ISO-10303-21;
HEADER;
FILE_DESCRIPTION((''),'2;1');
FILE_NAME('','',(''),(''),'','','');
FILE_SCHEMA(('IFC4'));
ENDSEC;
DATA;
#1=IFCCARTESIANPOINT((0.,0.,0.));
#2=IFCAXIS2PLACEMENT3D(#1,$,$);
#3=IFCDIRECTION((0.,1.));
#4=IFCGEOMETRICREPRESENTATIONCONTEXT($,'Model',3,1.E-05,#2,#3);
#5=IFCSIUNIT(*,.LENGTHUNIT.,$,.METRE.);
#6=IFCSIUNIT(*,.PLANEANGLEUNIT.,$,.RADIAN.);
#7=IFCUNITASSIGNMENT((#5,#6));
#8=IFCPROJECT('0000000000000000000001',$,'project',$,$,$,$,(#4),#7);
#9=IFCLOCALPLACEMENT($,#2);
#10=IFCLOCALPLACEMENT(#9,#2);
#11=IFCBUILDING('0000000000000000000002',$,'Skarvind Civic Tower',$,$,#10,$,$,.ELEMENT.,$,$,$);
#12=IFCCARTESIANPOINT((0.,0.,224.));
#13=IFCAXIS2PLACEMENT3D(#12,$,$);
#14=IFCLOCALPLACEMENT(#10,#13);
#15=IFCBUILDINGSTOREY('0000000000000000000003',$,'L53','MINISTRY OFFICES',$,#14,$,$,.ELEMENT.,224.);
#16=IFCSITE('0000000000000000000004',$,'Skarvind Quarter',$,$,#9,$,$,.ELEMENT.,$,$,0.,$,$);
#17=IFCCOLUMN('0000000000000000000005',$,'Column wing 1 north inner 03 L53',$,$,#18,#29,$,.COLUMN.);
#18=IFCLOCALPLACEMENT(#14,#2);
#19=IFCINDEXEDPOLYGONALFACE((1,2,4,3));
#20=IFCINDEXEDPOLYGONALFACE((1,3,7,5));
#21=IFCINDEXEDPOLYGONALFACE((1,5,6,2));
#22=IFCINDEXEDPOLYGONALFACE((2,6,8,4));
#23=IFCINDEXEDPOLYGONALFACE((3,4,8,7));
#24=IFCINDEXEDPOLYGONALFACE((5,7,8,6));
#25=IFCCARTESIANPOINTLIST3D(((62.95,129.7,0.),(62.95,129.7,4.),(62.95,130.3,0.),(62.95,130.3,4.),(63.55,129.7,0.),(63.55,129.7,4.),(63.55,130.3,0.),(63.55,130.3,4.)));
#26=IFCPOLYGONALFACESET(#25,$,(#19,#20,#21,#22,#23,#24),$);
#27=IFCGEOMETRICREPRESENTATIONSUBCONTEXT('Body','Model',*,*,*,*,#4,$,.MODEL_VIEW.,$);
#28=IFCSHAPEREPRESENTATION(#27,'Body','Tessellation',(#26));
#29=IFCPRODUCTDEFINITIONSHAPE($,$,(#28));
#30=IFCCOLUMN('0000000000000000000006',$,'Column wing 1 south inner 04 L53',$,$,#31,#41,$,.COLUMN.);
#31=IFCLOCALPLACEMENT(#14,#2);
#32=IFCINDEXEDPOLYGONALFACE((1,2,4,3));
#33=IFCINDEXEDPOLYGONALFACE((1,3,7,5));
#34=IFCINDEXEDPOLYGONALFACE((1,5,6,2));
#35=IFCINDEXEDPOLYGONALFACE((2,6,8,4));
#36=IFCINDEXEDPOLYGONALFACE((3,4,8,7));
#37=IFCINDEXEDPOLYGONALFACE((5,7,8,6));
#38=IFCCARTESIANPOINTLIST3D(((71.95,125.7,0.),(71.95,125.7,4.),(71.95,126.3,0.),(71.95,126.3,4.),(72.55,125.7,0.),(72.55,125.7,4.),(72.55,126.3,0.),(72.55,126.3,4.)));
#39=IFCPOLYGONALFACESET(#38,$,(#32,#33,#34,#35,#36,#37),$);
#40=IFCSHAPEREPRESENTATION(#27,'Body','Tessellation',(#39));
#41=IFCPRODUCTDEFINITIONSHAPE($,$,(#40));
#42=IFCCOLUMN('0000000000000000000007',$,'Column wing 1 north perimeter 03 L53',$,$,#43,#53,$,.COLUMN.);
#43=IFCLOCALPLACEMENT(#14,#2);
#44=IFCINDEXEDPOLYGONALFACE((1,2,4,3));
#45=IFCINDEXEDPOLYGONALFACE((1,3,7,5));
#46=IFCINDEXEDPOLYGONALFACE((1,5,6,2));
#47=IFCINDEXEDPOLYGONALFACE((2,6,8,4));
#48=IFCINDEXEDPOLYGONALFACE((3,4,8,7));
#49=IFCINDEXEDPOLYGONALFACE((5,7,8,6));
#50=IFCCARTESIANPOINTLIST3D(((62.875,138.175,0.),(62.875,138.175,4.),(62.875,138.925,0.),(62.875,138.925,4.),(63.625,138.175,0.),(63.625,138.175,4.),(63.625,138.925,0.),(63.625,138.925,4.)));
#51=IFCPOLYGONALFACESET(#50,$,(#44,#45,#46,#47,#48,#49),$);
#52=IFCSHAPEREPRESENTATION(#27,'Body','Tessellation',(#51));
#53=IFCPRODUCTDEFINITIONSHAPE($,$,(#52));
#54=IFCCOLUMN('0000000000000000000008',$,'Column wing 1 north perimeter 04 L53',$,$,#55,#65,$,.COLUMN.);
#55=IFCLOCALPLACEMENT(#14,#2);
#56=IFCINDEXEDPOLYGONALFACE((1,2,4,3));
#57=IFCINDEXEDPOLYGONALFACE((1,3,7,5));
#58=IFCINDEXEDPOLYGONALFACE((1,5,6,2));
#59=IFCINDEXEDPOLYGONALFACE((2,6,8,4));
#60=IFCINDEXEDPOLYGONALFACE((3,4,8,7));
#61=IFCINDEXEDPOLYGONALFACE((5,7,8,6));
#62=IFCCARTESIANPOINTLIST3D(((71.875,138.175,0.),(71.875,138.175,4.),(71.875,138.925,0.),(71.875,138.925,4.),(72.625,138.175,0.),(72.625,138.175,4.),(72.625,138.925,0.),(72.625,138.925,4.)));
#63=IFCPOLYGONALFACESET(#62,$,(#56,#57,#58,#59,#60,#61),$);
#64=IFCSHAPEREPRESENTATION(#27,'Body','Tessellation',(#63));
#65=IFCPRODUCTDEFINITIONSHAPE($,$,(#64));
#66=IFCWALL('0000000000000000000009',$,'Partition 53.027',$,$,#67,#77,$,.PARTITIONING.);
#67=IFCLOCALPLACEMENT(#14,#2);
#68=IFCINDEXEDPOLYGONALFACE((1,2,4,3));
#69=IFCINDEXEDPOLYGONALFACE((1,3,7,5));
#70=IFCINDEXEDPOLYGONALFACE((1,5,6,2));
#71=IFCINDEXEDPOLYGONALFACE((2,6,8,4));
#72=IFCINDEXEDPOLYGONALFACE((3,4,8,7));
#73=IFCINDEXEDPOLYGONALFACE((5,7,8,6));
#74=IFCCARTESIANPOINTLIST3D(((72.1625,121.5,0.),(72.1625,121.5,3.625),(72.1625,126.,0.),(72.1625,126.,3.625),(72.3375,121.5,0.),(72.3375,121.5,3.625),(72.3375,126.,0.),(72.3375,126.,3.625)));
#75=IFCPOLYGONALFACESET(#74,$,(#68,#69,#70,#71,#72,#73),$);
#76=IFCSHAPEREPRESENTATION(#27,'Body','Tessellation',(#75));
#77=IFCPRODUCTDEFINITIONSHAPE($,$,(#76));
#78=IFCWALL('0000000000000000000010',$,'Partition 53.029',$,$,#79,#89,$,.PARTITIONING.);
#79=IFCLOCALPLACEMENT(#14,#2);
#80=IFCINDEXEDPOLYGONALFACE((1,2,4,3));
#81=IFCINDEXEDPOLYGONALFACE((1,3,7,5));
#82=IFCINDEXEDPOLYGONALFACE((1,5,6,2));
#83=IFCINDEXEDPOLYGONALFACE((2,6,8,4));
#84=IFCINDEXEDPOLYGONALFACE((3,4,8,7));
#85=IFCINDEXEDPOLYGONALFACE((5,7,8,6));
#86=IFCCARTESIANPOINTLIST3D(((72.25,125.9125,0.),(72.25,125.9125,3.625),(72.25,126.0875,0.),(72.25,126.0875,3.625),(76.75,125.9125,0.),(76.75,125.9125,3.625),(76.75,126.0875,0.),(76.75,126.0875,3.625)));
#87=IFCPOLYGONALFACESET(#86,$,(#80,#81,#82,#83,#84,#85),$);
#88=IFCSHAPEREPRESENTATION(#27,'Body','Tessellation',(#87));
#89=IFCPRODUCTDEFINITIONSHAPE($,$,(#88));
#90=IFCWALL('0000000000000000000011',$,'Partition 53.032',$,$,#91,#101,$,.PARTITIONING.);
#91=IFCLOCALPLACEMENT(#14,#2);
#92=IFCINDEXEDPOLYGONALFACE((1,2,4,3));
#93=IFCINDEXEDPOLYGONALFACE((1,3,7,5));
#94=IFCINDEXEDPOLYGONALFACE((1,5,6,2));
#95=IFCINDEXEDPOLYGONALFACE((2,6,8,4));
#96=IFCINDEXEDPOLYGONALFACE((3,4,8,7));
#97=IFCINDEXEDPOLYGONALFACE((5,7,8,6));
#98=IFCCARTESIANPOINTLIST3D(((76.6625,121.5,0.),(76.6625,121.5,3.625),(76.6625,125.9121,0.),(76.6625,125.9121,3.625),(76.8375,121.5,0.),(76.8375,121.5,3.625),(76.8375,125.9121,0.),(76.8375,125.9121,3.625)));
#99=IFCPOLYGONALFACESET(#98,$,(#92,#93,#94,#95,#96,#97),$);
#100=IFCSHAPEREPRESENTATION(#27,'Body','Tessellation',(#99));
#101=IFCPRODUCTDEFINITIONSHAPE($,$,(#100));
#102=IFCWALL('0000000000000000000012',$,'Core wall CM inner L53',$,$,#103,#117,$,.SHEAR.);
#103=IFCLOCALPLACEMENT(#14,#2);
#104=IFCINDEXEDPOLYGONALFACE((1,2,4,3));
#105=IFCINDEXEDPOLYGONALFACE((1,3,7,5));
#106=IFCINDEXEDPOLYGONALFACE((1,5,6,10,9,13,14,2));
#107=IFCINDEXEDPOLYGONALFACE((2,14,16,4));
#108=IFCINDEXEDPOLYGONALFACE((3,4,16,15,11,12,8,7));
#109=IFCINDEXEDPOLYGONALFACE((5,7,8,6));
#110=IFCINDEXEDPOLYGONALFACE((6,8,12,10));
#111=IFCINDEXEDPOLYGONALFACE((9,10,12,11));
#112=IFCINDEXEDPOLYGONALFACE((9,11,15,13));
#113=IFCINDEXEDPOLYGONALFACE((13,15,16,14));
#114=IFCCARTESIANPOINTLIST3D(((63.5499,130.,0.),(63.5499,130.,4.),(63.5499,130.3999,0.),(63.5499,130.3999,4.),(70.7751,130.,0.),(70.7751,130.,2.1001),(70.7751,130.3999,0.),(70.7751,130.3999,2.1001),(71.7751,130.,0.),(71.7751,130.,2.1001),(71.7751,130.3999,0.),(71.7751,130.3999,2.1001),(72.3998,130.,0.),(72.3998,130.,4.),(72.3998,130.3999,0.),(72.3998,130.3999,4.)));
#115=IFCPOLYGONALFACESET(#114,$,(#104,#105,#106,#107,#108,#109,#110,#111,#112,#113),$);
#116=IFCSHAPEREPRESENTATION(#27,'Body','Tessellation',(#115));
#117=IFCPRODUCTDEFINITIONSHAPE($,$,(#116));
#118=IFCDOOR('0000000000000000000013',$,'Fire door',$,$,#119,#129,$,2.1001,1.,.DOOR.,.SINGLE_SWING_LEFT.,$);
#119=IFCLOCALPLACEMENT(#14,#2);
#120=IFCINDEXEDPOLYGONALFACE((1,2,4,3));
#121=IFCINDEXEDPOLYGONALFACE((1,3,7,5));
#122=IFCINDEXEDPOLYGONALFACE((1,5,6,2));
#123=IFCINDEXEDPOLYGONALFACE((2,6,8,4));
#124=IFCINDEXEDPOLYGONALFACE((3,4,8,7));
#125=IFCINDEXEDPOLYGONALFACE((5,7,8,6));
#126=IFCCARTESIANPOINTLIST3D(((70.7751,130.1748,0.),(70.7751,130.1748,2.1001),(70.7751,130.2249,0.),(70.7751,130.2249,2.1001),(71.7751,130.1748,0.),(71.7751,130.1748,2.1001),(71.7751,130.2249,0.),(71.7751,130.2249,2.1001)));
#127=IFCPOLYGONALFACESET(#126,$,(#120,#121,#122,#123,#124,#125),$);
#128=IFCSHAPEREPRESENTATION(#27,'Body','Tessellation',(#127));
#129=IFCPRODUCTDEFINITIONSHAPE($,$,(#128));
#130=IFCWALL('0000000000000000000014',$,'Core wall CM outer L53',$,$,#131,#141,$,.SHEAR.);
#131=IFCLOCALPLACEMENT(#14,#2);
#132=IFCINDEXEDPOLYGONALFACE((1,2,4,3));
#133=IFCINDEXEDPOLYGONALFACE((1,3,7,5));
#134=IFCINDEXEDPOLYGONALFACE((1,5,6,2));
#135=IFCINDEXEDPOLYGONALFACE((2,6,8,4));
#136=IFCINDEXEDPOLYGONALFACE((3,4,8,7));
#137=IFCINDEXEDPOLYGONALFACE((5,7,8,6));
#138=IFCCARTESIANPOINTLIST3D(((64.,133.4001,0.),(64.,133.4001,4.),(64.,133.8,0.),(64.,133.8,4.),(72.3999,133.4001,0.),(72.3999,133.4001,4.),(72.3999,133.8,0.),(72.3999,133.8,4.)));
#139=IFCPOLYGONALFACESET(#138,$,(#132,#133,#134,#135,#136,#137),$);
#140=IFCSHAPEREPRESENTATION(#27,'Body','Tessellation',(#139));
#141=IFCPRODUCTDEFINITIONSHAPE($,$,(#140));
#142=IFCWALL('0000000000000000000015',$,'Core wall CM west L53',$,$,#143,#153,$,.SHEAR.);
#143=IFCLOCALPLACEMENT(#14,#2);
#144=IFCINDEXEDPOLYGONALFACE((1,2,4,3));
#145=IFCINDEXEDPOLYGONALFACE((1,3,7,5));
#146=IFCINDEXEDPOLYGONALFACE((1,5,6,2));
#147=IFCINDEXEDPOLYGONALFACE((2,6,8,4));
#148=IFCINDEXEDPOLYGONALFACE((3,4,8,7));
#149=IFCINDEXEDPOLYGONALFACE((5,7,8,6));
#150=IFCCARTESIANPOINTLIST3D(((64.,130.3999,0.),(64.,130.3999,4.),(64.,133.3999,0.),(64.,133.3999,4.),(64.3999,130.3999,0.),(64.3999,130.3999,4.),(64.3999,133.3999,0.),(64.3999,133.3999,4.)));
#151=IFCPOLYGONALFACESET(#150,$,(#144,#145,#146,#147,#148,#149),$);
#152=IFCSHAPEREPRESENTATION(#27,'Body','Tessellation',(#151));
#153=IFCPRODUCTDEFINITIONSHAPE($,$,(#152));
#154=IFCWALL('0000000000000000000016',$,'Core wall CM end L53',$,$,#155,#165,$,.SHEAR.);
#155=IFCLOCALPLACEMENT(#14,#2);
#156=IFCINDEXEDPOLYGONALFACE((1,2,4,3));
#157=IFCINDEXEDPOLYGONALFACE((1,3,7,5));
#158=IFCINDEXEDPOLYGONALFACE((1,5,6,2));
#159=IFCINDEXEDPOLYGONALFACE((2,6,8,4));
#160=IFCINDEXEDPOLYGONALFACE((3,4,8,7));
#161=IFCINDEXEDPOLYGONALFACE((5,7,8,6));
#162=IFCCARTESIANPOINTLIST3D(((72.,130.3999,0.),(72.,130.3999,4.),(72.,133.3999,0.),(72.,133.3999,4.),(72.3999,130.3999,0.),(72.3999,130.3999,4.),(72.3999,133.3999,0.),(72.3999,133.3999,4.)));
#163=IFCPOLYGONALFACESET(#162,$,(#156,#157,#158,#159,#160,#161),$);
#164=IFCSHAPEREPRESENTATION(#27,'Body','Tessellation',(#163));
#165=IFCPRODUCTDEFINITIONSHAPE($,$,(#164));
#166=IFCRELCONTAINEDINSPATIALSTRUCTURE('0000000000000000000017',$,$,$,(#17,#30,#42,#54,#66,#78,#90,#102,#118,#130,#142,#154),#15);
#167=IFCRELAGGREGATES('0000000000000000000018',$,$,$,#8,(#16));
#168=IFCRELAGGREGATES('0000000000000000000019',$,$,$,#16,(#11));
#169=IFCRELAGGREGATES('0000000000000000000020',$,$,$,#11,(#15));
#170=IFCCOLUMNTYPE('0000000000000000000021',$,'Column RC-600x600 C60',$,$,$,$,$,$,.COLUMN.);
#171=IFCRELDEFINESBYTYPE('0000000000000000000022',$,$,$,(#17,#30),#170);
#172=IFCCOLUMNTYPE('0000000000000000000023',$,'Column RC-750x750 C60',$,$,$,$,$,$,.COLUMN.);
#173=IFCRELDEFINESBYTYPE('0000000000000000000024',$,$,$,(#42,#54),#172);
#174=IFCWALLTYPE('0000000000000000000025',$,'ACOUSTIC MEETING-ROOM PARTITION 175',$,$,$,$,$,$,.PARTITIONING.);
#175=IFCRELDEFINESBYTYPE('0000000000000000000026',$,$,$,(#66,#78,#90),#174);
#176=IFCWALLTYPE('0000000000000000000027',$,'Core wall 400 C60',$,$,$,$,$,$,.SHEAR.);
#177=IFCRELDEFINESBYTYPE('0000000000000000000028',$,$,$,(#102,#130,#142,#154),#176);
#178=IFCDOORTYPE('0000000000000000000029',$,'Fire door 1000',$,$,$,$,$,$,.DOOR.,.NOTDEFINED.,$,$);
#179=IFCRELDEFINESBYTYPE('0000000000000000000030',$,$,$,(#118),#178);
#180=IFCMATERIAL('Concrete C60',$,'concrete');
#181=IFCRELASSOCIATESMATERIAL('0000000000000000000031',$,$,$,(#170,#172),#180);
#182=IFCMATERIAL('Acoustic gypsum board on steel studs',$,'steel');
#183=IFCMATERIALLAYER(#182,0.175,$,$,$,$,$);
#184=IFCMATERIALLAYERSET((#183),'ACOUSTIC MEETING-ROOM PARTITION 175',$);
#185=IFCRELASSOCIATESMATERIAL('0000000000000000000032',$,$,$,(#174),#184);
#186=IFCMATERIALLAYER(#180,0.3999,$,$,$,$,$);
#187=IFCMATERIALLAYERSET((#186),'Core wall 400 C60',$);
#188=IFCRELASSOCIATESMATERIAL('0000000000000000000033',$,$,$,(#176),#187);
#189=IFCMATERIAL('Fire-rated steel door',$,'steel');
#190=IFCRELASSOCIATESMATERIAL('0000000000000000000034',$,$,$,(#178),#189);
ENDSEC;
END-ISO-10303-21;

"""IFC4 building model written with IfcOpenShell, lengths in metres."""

from ifc_helpers import new_model, si_unit, direction, frame, frame_2d, origin, origin_2d, place, context, subcontext, project, spatial, rectangle, extrude, material, layer, layer_set, material_profile, profile_set, type_object, element, fill, save


model = new_model("IFC4")

# Units and contexts
model_context = context("Model", 3, precision=1e-05, world=origin(), true_north=direction((0.0, 1.0)))
body_context = subcontext(model_context, "Body", "Model", "MODEL_VIEW")
ifc_project = project(units=[si_unit("LENGTHUNIT", "METRE"), si_unit("PLANEANGLEUNIT", "RADIAN")], contexts=[model_context])

# Site, building, storey
site_placement = place(None, origin())
site = spatial("IfcSite", under=ifc_project, at=site_placement, Name="Skarvind Quarter", CompositionType="ELEMENT", RefElevation=0.0)
building_placement = place(site_placement, origin())
building = spatial("IfcBuilding", under=site, at=building_placement, Name="Skarvind Civic Tower", CompositionType="ELEMENT")
storey_placement = place(building_placement, frame((0.0, 0.0, 224.0)))
storey = spatial("IfcBuildingStorey", under=building, at=storey_placement, Name="L53", Description="MINISTRY OFFICES", CompositionType="ELEMENT", Elevation=224.0)

# Columns
ifc_material_1 = material(Name="Concrete C60", Category="concrete")
ifc_material_profile_1 = material_profile(ifc_material_1, rectangle(XDim=0.6001, YDim=0.6001, at=origin_2d()), Name="RC-600x600")
ifc_profile_set_1 = profile_set([ifc_material_profile_1], Name="Concrete C60")
column_type_1 = type_object("IfcColumnType", Name="Column RC-600x600 C60", PredefinedType="COLUMN", material=ifc_profile_set_1)
for number, where, z_axis, x_axis, name in (
    (1, (63.25, 130.0, 0.0), (0.0, 0.0, 1.0), (1.0, 0.0, 0.0), "Column wing 1 north inner 03 L53"),
    (2, (72.25, 126.0, 0.0), (0.0, 0.0, 1.0), (1.0, 0.0, 0.0), "Column wing 1 south inner 04 L53"),
):
    element("IfcColumn", number, at=place(storey_placement, frame(where, z_axis=z_axis, x_axis=x_axis)), inside=storey, type_object=column_type_1, Name=name, PredefinedType="COLUMN", context=body_context, shape_type="SweptSolid", body=[
        extrude(rectangle(XDim=0.6001, YDim=0.6001, at=origin_2d()), origin(), (0.0, 0.0, 1.0), 4.0),
    ])
ifc_material_profile_2 = material_profile(ifc_material_1, rectangle(XDim=0.75, YDim=0.75, at=origin_2d()), Name="RC-750x750")
ifc_profile_set_2 = profile_set([ifc_material_profile_2], Name="Concrete C60")
column_type_2 = type_object("IfcColumnType", Name="Column RC-750x750 C60", PredefinedType="COLUMN", material=ifc_profile_set_2)
for number, where, z_axis, x_axis, name in (
    (3, (63.25, 138.55, 0.0), (0.0, 0.0, 1.0), (1.0, 0.0, 0.0), "Column wing 1 north perimeter 03 L53"),
    (4, (72.25, 138.55, 0.0), (0.0, 0.0, 1.0), (1.0, 0.0, 0.0), "Column wing 1 north perimeter 04 L53"),
):
    element("IfcColumn", number, at=place(storey_placement, frame(where, z_axis=z_axis, x_axis=x_axis)), inside=storey, type_object=column_type_2, Name=name, PredefinedType="COLUMN", context=body_context, shape_type="SweptSolid", body=[
        extrude(rectangle(XDim=0.75, YDim=0.75, at=origin_2d()), origin(), (0.0, 0.0, 1.0), 4.0),
    ])

# Walls
ifc_material_2 = material(Name="Acoustic gypsum board on steel studs", Category="steel")
ifc_layer_1 = layer(ifc_material_2, 0.175)
ifc_layer_set_1 = layer_set([ifc_layer_1], Name="ACOUSTIC MEETING-ROOM PARTITION 175")
wall_type_1 = type_object("IfcWallType", Name="ACOUSTIC MEETING-ROOM PARTITION 175", PredefinedType="PARTITIONING", material=ifc_layer_set_1)
for number, where, z_axis, x_axis, name in (
    (5, (72.25, 121.5, 0.0), (0.0, 0.0, 1.0), (0.0, 1.0, 0.0), "Partition 53.027"),
    (6, (72.25, 126.0, 0.0), (0.0, 0.0, 1.0), (1.0, 0.0, 0.0), "Partition 53.029"),
):
    element("IfcWall", number, at=place(storey_placement, frame(where, z_axis=z_axis, x_axis=x_axis)), inside=storey, type_object=wall_type_1, Name=name, PredefinedType="PARTITIONING", context=body_context, shape_type="SweptSolid", body=[
        extrude(rectangle(XDim=4.5, YDim=0.175, at=frame_2d((2.25, 0.0))), origin(), (0.0, 0.0, 1.0), 3.625),
    ])
wall_1_placement = place(storey_placement, frame((76.75, 125.9121, 0.0), z_axis=(0.0, 0.0, 1.0), x_axis=(0.0, -1.0, 0.0)))
element("IfcWall", 7, at=wall_1_placement, inside=storey, type_object=wall_type_1, Name="Partition 53.032", PredefinedType="PARTITIONING", context=body_context, shape_type="SweptSolid", body=[
    extrude(rectangle(XDim=4.4121, YDim=0.175, at=frame_2d((2.2061, 0.0))), origin(), (0.0, 0.0, 1.0), 3.625),
])

# Wall, opening, door
ifc_layer_2 = layer(ifc_material_1, 0.3999)
ifc_layer_set_2 = layer_set([ifc_layer_2], Name="Core wall 400 C60")
wall_type_2 = type_object("IfcWallType", Name="Core wall 400 C60", PredefinedType="SHEAR", material=ifc_layer_set_2)
wall_2_placement = place(storey_placement, frame((63.55, 130.2, 0.0), z_axis=(0.0, 0.0, 1.0), x_axis=(1.0, 0.0, 0.0)))
wall_2 = element("IfcWall", 8, at=wall_2_placement, inside=storey, type_object=wall_type_2, Name="Core wall CM inner L53", PredefinedType="SHEAR", context=body_context, shape_type="SweptSolid", body=[
    extrude(rectangle(XDim=8.8499, YDim=0.3999, at=frame_2d((4.4248, 0.0))), origin(), (0.0, 0.0, 1.0), 4.0),
])
opening_1_placement = place(wall_2_placement, frame((7.2251, 0.0, 0.0)))
opening_1 = element("IfcOpeningElement", 9, at=opening_1_placement, cuts=wall_2, PredefinedType="OPENING", context=body_context, shape_type="SweptSolid", body=[
    extrude(rectangle(XDim=1.0, YDim=2.1001, at=frame_2d((0.5, 1.05))), frame((0.0, 0.21, 0.0), z_axis=(0.0, -1.0, 0.0), x_axis=(1.0, 0.0, 0.0)), (0.0, 0.0, 1.0), 0.4199),
])
ifc_material_3 = material(Name="Fire-rated steel door", Category="steel")
door_type_1 = type_object("IfcDoorType", Name="Fire door 1000", OperationType="NOTDEFINED", PredefinedType="DOOR", material=ifc_material_3)
door_1_placement = place(opening_1_placement, origin())
door_1 = element("IfcDoor", 10, at=door_1_placement, inside=storey, type_object=door_type_1, Name="Fire door", OperationType="SINGLE_SWING_LEFT", OverallHeight=2.1001, OverallWidth=1.0, PredefinedType="DOOR", context=body_context, shape_type="SweptSolid", body=[
    extrude(rectangle(XDim=1.0, YDim=2.1001, at=frame_2d((0.5, 1.05))), frame((0.0, 0.0249, 0.0), z_axis=(0.0, -1.0, 0.0), x_axis=(1.0, 0.0, 0.0)), (0.0, 0.0, 1.0), 0.05),
])
fill(opening_1, door_1)

# Walls
wall_3_placement = place(storey_placement, frame((64.0, 133.6001, 0.0), z_axis=(0.0, 0.0, 1.0), x_axis=(1.0, 0.0, 0.0)))
element("IfcWall", 11, at=wall_3_placement, inside=storey, type_object=wall_type_2, Name="Core wall CM outer L53", PredefinedType="SHEAR", context=body_context, shape_type="SweptSolid", body=[
    extrude(rectangle(XDim=8.3999, YDim=0.3999, at=frame_2d((4.2, 0.0))), origin(), (0.0, 0.0, 1.0), 4.0),
])
for number, where, z_axis, x_axis, name in (
    (12, (64.2, 130.3999, 0.0), (0.0, 0.0, 1.0), (0.0, 1.0, 0.0), "Core wall CM west L53"),
    (13, (72.2, 130.3999, 0.0), (0.0, 0.0, 1.0), (0.0, 1.0, 0.0), "Core wall CM end L53"),
):
    element("IfcWall", number, at=place(storey_placement, frame(where, z_axis=z_axis, x_axis=x_axis)), inside=storey, type_object=wall_type_2, Name=name, PredefinedType="SHEAR", context=body_context, shape_type="SweptSolid", body=[
        extrude(rectangle(XDim=3.0, YDim=0.3999, at=frame_2d((1.5, 0.0))), origin(), (0.0, 0.0, 1.0), 4.0),
    ])

save(model, "model.ifc")
